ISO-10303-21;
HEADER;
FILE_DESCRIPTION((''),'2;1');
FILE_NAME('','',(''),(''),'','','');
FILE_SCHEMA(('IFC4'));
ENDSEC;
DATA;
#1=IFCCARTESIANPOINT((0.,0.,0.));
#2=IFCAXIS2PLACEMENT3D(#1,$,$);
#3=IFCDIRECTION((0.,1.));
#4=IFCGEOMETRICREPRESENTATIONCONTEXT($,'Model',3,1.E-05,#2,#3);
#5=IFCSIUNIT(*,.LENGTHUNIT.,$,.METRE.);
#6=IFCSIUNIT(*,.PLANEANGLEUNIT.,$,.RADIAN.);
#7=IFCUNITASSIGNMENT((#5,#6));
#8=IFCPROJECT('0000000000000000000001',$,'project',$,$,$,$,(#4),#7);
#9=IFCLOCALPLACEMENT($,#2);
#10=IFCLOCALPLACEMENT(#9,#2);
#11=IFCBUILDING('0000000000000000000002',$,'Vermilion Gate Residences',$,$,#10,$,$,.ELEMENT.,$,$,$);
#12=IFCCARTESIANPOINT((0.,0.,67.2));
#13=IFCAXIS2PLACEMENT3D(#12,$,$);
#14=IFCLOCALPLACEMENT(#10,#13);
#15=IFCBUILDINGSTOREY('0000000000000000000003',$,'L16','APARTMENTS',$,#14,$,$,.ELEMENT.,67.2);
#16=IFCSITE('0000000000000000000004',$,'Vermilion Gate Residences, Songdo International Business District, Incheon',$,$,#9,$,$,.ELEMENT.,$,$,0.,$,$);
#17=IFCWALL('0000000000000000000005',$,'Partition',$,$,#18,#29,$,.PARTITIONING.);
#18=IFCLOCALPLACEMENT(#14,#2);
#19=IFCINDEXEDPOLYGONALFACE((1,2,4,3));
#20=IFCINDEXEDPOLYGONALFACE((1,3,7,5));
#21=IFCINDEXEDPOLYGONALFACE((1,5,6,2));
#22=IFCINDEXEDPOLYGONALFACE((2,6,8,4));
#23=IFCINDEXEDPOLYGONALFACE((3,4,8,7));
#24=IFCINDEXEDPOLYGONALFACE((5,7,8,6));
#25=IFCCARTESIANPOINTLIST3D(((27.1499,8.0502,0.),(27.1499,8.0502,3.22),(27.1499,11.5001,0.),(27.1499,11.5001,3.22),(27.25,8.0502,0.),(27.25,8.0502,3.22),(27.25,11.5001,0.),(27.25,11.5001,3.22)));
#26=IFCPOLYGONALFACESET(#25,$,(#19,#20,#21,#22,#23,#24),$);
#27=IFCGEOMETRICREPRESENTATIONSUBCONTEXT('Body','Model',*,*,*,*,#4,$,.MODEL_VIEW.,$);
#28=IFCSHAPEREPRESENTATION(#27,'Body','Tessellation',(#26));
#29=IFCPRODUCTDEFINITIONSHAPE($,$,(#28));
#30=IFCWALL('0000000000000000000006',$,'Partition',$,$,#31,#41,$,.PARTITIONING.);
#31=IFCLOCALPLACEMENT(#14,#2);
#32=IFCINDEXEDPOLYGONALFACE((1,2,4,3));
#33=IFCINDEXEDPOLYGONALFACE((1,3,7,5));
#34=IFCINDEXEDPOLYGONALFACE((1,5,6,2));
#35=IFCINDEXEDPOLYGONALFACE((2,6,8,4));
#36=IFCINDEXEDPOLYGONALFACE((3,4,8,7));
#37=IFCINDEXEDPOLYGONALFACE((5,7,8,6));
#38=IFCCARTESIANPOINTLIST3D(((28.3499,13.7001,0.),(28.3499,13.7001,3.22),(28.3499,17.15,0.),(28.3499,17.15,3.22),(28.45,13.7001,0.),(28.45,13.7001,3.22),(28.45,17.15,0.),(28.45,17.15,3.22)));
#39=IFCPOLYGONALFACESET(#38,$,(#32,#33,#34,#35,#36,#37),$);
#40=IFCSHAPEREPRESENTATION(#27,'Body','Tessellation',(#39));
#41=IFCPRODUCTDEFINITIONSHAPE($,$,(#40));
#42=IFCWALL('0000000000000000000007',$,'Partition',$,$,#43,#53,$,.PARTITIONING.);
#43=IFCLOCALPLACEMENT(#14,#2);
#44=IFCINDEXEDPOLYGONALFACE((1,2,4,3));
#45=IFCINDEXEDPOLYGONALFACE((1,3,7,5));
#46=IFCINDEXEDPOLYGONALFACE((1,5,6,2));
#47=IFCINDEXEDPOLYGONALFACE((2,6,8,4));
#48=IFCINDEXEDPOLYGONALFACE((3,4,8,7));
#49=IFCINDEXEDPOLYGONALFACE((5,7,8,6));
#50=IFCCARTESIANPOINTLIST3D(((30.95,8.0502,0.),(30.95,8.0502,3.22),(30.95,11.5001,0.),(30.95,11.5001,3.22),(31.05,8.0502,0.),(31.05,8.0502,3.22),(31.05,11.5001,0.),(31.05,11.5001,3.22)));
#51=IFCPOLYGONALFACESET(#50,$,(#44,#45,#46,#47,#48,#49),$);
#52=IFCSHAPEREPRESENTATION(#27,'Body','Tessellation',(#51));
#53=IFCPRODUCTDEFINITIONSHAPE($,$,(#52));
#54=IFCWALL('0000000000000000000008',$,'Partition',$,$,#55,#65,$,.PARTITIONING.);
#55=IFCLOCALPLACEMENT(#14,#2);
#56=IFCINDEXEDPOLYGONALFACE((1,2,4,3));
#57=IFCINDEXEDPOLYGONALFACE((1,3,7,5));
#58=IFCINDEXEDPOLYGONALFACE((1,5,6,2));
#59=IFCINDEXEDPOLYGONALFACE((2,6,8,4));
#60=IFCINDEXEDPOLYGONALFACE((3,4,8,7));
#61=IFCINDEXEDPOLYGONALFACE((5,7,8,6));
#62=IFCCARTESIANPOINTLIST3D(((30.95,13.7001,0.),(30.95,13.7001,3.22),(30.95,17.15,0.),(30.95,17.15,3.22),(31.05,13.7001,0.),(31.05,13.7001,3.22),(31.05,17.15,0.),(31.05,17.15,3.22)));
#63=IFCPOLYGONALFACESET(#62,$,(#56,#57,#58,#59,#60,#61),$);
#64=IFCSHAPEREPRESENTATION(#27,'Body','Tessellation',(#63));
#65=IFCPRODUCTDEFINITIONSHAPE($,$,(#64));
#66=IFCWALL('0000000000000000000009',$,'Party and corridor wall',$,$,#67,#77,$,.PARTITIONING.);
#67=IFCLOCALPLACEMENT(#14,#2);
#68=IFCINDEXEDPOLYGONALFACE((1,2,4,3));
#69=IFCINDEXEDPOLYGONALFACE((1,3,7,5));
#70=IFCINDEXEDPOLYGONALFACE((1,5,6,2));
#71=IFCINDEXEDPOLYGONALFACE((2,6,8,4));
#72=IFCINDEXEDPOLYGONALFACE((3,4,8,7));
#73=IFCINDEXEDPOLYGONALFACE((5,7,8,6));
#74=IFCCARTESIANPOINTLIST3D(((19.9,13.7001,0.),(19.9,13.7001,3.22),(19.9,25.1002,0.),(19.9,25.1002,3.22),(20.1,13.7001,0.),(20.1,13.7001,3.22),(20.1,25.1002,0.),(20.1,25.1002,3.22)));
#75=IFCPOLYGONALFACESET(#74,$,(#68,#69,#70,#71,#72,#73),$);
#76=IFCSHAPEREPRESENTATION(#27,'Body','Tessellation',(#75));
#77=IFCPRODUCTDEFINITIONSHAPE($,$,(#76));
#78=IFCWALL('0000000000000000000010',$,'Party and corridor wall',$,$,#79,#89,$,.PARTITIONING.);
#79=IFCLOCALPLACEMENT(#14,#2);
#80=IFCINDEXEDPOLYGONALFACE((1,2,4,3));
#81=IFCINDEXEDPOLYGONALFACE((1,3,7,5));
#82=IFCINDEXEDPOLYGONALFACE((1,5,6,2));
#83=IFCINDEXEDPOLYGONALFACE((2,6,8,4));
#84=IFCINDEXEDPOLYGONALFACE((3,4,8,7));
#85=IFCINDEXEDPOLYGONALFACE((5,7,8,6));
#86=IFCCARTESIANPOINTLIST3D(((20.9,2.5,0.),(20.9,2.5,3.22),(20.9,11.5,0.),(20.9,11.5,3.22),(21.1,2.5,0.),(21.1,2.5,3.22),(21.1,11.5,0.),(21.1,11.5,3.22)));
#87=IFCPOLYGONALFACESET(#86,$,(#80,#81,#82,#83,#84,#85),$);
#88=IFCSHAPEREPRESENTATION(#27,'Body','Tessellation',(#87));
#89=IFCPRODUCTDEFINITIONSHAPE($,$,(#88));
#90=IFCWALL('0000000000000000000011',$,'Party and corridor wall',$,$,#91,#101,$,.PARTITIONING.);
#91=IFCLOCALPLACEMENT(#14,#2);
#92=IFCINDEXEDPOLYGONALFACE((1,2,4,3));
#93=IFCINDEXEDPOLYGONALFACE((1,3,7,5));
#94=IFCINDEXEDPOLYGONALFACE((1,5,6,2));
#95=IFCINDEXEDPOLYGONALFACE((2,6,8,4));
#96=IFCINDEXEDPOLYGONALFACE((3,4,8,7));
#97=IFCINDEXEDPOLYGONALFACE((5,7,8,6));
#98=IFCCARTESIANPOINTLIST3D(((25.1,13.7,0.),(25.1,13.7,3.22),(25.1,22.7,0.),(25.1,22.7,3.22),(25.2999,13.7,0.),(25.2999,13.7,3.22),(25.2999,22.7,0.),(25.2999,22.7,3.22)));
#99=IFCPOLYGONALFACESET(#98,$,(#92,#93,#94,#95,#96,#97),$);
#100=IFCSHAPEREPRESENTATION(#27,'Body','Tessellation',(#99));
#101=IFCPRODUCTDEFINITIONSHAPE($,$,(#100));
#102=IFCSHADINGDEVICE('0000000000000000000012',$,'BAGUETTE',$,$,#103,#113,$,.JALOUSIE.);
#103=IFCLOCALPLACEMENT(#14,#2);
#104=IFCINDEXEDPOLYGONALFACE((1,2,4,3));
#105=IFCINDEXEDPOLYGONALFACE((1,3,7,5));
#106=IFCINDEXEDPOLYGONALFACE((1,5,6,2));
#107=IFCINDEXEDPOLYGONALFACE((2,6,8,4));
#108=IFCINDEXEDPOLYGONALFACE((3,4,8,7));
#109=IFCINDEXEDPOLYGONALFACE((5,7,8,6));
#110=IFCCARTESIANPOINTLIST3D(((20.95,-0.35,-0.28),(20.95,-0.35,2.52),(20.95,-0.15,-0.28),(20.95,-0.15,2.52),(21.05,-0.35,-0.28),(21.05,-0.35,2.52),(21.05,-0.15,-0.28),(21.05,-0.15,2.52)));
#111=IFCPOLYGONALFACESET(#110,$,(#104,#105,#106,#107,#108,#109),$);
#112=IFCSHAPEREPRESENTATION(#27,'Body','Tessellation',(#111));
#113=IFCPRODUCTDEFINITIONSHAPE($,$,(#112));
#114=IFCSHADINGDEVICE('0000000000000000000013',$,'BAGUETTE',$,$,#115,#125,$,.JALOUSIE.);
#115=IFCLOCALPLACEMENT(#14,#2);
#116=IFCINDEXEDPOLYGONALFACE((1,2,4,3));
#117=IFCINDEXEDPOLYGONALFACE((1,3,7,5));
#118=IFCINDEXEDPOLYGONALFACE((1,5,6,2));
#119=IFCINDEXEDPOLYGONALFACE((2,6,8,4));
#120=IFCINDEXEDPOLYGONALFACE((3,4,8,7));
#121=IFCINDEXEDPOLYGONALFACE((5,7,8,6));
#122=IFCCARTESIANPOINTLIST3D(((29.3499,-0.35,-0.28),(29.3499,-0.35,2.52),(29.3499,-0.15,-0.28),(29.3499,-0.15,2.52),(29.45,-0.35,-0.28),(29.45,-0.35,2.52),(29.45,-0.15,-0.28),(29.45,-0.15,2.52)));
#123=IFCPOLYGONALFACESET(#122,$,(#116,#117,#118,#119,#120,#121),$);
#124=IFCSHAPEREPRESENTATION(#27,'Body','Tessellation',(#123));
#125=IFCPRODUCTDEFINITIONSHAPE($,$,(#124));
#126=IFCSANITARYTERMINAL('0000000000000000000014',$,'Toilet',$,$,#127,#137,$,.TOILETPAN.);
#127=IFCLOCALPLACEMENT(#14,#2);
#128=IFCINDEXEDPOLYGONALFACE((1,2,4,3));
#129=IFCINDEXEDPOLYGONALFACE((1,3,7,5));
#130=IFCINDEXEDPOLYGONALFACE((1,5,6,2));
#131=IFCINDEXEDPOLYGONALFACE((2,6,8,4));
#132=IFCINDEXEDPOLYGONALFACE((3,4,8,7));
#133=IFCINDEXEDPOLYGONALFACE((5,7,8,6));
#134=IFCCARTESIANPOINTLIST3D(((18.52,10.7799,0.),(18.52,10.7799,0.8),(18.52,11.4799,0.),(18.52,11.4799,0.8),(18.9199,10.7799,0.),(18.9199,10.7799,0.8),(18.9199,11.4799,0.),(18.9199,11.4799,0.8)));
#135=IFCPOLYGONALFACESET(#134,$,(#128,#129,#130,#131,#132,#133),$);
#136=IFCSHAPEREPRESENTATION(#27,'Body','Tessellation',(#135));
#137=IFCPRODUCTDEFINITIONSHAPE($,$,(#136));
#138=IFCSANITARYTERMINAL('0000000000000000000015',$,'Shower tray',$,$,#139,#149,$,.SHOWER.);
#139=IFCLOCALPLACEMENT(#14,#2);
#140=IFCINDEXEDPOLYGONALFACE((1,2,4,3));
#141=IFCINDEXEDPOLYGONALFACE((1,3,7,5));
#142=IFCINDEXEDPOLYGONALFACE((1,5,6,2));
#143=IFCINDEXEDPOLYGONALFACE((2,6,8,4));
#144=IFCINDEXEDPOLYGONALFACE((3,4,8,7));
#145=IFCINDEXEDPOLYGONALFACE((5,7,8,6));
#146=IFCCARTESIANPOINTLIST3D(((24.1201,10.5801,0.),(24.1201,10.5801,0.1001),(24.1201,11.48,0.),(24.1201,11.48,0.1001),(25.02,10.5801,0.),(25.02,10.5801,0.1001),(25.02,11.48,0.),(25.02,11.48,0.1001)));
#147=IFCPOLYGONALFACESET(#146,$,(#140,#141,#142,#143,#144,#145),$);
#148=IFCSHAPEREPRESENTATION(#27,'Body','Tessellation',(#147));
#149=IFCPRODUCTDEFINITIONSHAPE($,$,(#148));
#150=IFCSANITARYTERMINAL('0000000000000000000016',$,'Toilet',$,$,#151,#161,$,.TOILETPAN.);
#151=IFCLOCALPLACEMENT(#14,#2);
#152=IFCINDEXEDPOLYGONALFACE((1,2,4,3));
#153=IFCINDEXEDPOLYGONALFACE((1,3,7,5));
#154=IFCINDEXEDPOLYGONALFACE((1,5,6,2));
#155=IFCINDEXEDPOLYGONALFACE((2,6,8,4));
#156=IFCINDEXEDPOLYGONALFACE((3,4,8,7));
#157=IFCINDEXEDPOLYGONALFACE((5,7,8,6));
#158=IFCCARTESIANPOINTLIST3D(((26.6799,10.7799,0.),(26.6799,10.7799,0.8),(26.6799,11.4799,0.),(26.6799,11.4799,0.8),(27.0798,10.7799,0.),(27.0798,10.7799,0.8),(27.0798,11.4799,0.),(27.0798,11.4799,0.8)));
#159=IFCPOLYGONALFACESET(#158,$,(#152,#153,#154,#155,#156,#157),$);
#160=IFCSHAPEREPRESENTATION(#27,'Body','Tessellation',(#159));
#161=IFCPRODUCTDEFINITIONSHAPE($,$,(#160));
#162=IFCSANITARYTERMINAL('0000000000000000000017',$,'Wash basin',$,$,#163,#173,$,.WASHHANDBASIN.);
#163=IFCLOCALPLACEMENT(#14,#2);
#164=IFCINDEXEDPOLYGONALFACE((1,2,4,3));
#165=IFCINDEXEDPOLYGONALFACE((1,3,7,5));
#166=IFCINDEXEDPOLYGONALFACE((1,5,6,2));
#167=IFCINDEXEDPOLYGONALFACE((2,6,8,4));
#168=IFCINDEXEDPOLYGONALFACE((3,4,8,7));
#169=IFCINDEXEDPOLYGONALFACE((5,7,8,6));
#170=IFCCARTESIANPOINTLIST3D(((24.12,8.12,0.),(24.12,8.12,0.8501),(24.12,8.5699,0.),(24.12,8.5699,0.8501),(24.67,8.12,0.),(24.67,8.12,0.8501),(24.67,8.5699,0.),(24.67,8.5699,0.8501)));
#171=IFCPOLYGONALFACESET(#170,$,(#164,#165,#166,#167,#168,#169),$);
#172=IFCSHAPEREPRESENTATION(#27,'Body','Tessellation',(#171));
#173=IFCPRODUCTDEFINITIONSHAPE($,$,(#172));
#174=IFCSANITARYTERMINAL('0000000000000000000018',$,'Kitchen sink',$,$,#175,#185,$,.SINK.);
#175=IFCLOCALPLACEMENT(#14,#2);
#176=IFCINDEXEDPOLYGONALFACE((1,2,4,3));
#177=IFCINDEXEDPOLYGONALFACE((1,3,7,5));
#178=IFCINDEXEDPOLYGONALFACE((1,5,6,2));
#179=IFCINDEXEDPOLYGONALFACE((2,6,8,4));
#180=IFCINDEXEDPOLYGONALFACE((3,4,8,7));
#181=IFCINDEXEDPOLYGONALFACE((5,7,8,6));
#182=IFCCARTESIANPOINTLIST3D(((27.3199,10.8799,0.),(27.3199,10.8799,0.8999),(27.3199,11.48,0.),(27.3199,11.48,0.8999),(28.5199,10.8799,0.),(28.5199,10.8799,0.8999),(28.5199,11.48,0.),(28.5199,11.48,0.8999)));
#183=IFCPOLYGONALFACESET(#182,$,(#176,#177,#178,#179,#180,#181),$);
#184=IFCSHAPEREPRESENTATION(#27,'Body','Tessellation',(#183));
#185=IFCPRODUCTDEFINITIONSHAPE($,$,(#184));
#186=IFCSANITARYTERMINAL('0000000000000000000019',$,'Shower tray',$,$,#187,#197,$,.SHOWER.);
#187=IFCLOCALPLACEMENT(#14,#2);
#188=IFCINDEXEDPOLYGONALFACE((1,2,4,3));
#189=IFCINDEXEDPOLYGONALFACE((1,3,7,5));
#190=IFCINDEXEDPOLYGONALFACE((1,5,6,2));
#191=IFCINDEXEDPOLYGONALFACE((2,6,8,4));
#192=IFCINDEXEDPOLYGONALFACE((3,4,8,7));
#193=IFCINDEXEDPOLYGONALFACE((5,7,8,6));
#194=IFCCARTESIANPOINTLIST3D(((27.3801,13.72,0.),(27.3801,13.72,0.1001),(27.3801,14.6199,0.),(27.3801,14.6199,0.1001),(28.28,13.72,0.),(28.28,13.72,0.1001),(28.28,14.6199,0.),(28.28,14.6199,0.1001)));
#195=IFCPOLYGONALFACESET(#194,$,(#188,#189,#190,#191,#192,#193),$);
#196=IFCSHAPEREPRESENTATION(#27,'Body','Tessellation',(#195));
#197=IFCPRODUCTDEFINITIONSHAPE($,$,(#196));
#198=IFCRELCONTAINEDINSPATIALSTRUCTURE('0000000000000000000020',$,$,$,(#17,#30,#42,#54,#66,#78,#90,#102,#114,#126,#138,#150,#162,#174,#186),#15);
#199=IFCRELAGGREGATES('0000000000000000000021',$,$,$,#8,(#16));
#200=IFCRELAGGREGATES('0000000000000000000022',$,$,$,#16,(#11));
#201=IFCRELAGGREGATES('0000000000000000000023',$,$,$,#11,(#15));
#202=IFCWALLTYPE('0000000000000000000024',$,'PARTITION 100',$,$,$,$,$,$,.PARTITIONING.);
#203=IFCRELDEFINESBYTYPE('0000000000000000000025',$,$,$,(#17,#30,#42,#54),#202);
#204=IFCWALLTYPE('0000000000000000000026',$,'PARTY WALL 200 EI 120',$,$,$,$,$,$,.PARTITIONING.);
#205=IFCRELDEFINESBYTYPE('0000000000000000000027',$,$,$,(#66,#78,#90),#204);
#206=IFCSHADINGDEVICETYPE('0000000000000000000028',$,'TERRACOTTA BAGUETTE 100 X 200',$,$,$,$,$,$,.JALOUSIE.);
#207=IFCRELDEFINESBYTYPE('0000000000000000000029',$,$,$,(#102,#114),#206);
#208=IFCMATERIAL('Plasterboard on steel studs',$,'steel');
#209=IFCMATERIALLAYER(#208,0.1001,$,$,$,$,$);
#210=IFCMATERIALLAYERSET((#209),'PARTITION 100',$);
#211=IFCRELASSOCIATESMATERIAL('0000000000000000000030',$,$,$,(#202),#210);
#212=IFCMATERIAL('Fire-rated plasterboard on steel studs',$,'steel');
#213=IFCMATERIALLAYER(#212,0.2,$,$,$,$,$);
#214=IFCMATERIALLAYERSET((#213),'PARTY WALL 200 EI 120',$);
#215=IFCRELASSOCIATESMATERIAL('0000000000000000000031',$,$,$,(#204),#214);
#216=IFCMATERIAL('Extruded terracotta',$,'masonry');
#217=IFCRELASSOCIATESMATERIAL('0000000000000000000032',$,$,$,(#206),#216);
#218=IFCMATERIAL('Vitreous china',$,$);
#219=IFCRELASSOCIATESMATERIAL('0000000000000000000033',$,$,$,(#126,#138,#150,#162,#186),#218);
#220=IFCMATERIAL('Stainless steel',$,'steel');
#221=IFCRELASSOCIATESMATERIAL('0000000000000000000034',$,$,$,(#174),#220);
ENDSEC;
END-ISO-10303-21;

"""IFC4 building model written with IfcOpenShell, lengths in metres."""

from ifc_helpers import new_model, si_unit, direction, frame, frame_2d, origin, origin_2d, place, context, subcontext, project, spatial, rectangle, extrude, material, layer, layer_set, material_profile, profile_set, type_object, element, save


model = new_model("IFC4")

# Units and contexts
model_context = context("Model", 3, precision=1e-05, world=origin(), true_north=direction((0.0, 1.0)))
body_context = subcontext(model_context, "Body", "Model", "MODEL_VIEW")
ifc_project = project(units=[si_unit("LENGTHUNIT", "METRE"), si_unit("PLANEANGLEUNIT", "RADIAN")], contexts=[model_context])

# Site, building, storey
site_placement = place(None, origin())
site = spatial("IfcSite", under=ifc_project, at=site_placement, Name="Vermilion Gate Residences, Songdo International Business District, Incheon", CompositionType="ELEMENT", RefElevation=0.0)
building_placement = place(site_placement, origin())
building = spatial("IfcBuilding", under=site, at=building_placement, Name="Vermilion Gate Residences", CompositionType="ELEMENT")
storey_placement = place(building_placement, frame((0.0, 0.0, 67.2)))
storey = spatial("IfcBuildingStorey", under=building, at=storey_placement, Name="L16", Description="APARTMENTS", CompositionType="ELEMENT", Elevation=67.2)

# Shared definitions
ifc_material_1 = material(Name="Plasterboard on steel studs", Category="steel")
ifc_layer_1 = layer(ifc_material_1, 0.1001)
ifc_layer_set_1 = layer_set([ifc_layer_1], Name="PARTITION 100")
wall_type_1 = type_object("IfcWallType", Name="PARTITION 100", PredefinedType="PARTITIONING", material=ifc_layer_set_1)

# Walls
for number, where, z_axis, x_axis, name in (
    (1, (27.2, 8.05, 0.0), (0.0, 0.0, 1.0), (0.0, 1.0, 0.0), "Partition"),
    (2, (28.3999, 13.7, 0.0), (0.0, 0.0, 1.0), (0.0, 1.0, 0.0), "Partition"),
    (3, (31.0, 8.05, 0.0), (0.0, 0.0, 1.0), (0.0, 1.0, 0.0), "Partition"),
    (4, (31.0, 13.7, 0.0), (0.0, 0.0, 1.0), (0.0, 1.0, 0.0), "Partition"),
):
    element("IfcWall", number, at=place(storey_placement, frame(where, z_axis=z_axis, x_axis=x_axis)), inside=storey, type_object=wall_type_1, Name=name, PredefinedType="PARTITIONING", context=body_context, shape_type="SweptSolid", body=[
        extrude(rectangle(XDim=3.45, YDim=0.1001, at=frame_2d((1.7251, 0.0))), origin(), (0.0, 0.0, 1.0), 3.22),
    ])
ifc_material_2 = material(Name="Fire-rated plasterboard on steel studs", Category="steel")
ifc_layer_2 = layer(ifc_material_2, 0.2)
ifc_layer_set_2 = layer_set([ifc_layer_2], Name="PARTY WALL 200 EI 120")
wall_type_2 = type_object("IfcWallType", Name="PARTY WALL 200 EI 120", PredefinedType="PARTITIONING", material=ifc_layer_set_2)
wall_1_placement = place(storey_placement, frame((20.0, 13.7, 0.0), z_axis=(0.0, 0.0, 1.0), x_axis=(0.0, 1.0, 0.0)))
element("IfcWall", 5, at=wall_1_placement, inside=storey, type_object=wall_type_2, Name="Party and corridor wall", PredefinedType="PARTITIONING", context=body_context, shape_type="SweptSolid", body=[
    extrude(rectangle(XDim=11.4001, YDim=0.2, at=frame_2d((5.7002, 0.0))), origin(), (0.0, 0.0, 1.0), 3.22),
])
for number, where, z_axis, x_axis, name in (
    (6, (21.0, 2.5, 0.0), (0.0, 0.0, 1.0), (0.0, 1.0, 0.0), "Party and corridor wall"),
    (7, (25.2, 13.7, 0.0), (0.0, 0.0, 1.0), (0.0, 1.0, 0.0), "Party and corridor wall"),
):
    element("IfcWall", number, at=place(storey_placement, frame(where, z_axis=z_axis, x_axis=x_axis)), inside=storey, type_object=wall_type_2, Name=name, PredefinedType="PARTITIONING", context=body_context, shape_type="SweptSolid", body=[
        extrude(rectangle(XDim=9.0, YDim=0.2, at=frame_2d((4.5, 0.0))), origin(), (0.0, 0.0, 1.0), 3.22),
    ])

# Shading devices
ifc_material_3 = material(Name="Extruded terracotta", Category="masonry")
ifc_material_profile_1 = material_profile(ifc_material_3, rectangle(XDim=0.2, YDim=0.1001, at=origin_2d()), Name="BAGUETTE 100 X 200")
ifc_profile_set_1 = profile_set([ifc_material_profile_1], Name="Extruded terracotta")
shading_device_type = type_object("IfcShadingDeviceType", Name="TERRACOTTA BAGUETTE 100 X 200", PredefinedType="JALOUSIE", material=ifc_profile_set_1)
for number, where, z_axis, x_axis, name in (
    (8, (21.0, -0.25, -0.28), (0.0, 0.0, 1.0), (0.0, 1.0, 0.0), "BAGUETTE"),
    (9, (29.3999, -0.25, -0.28), (0.0, 0.0, 1.0), (0.0, 1.0, 0.0), "BAGUETTE"),
):
    element("IfcShadingDevice", number, at=place(storey_placement, frame(where, z_axis=z_axis, x_axis=x_axis)), inside=storey, type_object=shading_device_type, Name=name, PredefinedType="JALOUSIE", context=body_context, shape_type="SweptSolid", body=[
        extrude(rectangle(XDim=0.2, YDim=0.1001, at=origin_2d()), origin(), (0.0, 0.0, 1.0), 2.8),
    ])

# Sanitary terminals
ifc_material_4 = material(Name="Vitreous china")
sanitary_terminal_1_placement = place(storey_placement, frame((18.72, 11.1299, 0.0), z_axis=(0.0, 0.0, 1.0), x_axis=(1.0, 0.0, 0.0)))
element("IfcSanitaryTerminal", 10, at=sanitary_terminal_1_placement, inside=storey, material=ifc_material_4, Name="Toilet", PredefinedType="TOILETPAN", context=body_context, shape_type="SweptSolid", body=[
    extrude(rectangle(XDim=0.3999, YDim=0.7, at=origin_2d()), origin(), (0.0, 0.0, 1.0), 0.8),
])
sanitary_terminal_2_placement = place(storey_placement, frame((24.5701, 11.03, 0.0), z_axis=(0.0, 0.0, 1.0), x_axis=(1.0, 0.0, 0.0)))
element("IfcSanitaryTerminal", 11, at=sanitary_terminal_2_placement, inside=storey, material=ifc_material_4, Name="Shower tray", PredefinedType="SHOWER", context=body_context, shape_type="SweptSolid", body=[
    extrude(rectangle(XDim=0.8999, YDim=0.8999, at=origin_2d()), origin(), (0.0, 0.0, 1.0), 0.1001),
])
sanitary_terminal_3_placement = place(storey_placement, frame((26.8799, 11.1299, 0.0), z_axis=(0.0, 0.0, 1.0), x_axis=(1.0, 0.0, 0.0)))
element("IfcSanitaryTerminal", 12, at=sanitary_terminal_3_placement, inside=storey, material=ifc_material_4, Name="Toilet", PredefinedType="TOILETPAN", context=body_context, shape_type="SweptSolid", body=[
    extrude(rectangle(XDim=0.3999, YDim=0.7, at=origin_2d()), origin(), (0.0, 0.0, 1.0), 0.8),
])
sanitary_terminal_4_placement = place(storey_placement, frame((24.395, 8.345, 0.0), z_axis=(0.0, 0.0, 1.0), x_axis=(1.0, 0.0, 0.0)))
element("IfcSanitaryTerminal", 13, at=sanitary_terminal_4_placement, inside=storey, material=ifc_material_4, Name="Wash basin", PredefinedType="WASHHANDBASIN", context=body_context, shape_type="SweptSolid", body=[
    extrude(rectangle(XDim=0.55, YDim=0.45, at=origin_2d()), origin(), (0.0, 0.0, 1.0), 0.8501),
])
ifc_material_5 = material(Name="Stainless steel", Category="steel")
sanitary_terminal_5_placement = place(storey_placement, frame((27.9199, 11.1799, 0.0), z_axis=(0.0, 0.0, 1.0), x_axis=(1.0, 0.0, 0.0)))
element("IfcSanitaryTerminal", 14, at=sanitary_terminal_5_placement, inside=storey, material=ifc_material_5, Name="Kitchen sink", PredefinedType="SINK", context=body_context, shape_type="SweptSolid", body=[
    extrude(rectangle(XDim=1.2, YDim=0.6001, at=origin_2d()), origin(), (0.0, 0.0, 1.0), 0.8999),
])
sanitary_terminal_6_placement = place(storey_placement, frame((27.8301, 14.1699, 0.0), z_axis=(0.0, 0.0, 1.0), x_axis=(1.0, 0.0, 0.0)))
element("IfcSanitaryTerminal", 15, at=sanitary_terminal_6_placement, inside=storey, material=ifc_material_4, Name="Shower tray", PredefinedType="SHOWER", context=body_context, shape_type="SweptSolid", body=[
    extrude(rectangle(XDim=0.8999, YDim=0.8999, at=origin_2d()), origin(), (0.0, 0.0, 1.0), 0.1001),
])

save(model, "model.ifc")
